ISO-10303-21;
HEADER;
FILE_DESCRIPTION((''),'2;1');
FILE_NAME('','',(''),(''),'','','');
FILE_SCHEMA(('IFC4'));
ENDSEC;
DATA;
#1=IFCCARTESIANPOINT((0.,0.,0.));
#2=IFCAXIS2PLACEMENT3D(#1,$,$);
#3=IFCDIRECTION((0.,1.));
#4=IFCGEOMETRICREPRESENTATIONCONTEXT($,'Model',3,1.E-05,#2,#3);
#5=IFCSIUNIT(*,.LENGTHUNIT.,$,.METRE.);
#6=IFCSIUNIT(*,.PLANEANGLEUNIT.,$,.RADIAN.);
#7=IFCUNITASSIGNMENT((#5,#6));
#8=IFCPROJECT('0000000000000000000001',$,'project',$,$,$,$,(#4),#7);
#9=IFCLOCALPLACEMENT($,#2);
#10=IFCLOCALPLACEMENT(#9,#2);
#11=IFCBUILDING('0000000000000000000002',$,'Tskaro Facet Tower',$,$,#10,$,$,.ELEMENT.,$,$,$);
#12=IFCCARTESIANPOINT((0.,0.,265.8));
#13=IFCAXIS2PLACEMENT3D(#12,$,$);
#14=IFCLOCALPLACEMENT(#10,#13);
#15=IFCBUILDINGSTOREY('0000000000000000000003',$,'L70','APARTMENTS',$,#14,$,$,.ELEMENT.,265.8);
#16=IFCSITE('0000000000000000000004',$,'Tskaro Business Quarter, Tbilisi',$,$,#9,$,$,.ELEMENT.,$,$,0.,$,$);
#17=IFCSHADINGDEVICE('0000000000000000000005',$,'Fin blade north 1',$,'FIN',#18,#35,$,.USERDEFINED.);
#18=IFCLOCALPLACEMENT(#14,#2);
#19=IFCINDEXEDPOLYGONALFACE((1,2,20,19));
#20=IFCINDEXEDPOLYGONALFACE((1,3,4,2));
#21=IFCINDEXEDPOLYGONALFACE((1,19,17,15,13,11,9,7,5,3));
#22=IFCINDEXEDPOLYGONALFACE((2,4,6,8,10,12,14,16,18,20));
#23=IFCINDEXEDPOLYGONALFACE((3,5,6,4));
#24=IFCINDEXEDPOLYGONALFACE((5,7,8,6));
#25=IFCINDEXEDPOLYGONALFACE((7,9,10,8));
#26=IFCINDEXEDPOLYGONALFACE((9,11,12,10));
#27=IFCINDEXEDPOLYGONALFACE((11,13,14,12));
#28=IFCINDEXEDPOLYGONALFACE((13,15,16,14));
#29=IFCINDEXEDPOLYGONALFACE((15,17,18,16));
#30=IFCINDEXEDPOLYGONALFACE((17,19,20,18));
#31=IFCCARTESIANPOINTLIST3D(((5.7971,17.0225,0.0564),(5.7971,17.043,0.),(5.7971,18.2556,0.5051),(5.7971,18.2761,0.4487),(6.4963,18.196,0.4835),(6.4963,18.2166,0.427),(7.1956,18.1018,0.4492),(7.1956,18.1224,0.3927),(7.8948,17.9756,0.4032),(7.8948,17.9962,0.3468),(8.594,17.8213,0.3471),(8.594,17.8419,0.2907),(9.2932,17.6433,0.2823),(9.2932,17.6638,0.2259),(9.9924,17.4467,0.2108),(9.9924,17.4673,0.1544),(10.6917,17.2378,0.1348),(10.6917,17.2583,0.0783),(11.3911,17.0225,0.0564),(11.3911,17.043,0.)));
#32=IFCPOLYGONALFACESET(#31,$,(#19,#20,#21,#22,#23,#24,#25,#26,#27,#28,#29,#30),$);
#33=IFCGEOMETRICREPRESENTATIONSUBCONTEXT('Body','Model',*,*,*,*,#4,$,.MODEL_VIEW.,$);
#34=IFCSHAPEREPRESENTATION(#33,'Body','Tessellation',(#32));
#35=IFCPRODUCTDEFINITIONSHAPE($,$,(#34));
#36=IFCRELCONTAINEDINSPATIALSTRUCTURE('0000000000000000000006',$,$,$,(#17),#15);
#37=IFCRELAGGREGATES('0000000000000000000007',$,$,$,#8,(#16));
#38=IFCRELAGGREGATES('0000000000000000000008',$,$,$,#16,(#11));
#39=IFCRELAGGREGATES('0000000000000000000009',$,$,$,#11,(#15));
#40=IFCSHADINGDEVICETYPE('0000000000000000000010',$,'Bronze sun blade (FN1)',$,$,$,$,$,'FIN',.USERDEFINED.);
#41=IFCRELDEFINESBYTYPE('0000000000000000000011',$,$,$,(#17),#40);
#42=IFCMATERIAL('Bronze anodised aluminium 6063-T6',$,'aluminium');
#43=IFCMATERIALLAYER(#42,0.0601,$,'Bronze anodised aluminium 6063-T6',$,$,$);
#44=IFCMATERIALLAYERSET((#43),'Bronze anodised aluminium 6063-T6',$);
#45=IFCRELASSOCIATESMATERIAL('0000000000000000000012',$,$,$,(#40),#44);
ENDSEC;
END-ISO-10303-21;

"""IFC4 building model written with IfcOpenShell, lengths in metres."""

from ifc_helpers import new_model, si_unit, direction, frame, origin, place, context, subcontext, project, spatial, polyline, outline, extrude, material, layer, layer_set, type_object, element, save


model = new_model("IFC4")

# Units and contexts
model_context = context("Model", 3, precision=1e-05, world=origin(), true_north=direction((0.0, 1.0)))
body_context = subcontext(model_context, "Body", "Model", "MODEL_VIEW")
ifc_project = project(units=[si_unit("LENGTHUNIT", "METRE"), si_unit("PLANEANGLEUNIT", "RADIAN")], contexts=[model_context])

# Site, building, storey
site_placement = place(None, origin())
site = spatial("IfcSite", under=ifc_project, at=site_placement, Name="Tskaro Business Quarter, Tbilisi", CompositionType="ELEMENT", RefElevation=0.0)
building_placement = place(site_placement, origin())
building = spatial("IfcBuilding", under=site, at=building_placement, Name="Tskaro Facet Tower", CompositionType="ELEMENT")
storey_placement = place(building_placement, frame((0.0, 0.0, 265.8)))
storey = spatial("IfcBuildingStorey", under=building, at=storey_placement, Name="L70", Description="APARTMENTS", CompositionType="ELEMENT", Elevation=265.8)

# Shared definitions
ifc_material_1 = material(Name="Bronze anodised aluminium 6063-T6", Category="aluminium")

# Shading device
ifc_layer_1 = layer(ifc_material_1, 0.0601, Name="Bronze anodised aluminium 6063-T6")
ifc_layer_set_1 = layer_set([ifc_layer_1], Name="Bronze anodised aluminium 6063-T6")
shading_device_type = type_object("IfcShadingDeviceType", Name="Bronze sun blade (FN1)", ElementType="FIN", PredefinedType="USERDEFINED", material=ifc_layer_set_1)
shading_device_1_placement = place(storey_placement, frame((11.3911, 17.0225, 0.0564), z_axis=(0.000001, -0.341953, 0.939717), x_axis=(-1.0, 0.0, 0.000001)))
element("IfcShadingDevice", 1, at=shading_device_1_placement, inside=storey, type_object=shading_device_type, Name="Fin blade north 1", ObjectType="FIN", PredefinedType="USERDEFINED", context=body_context, shape_type="SweptSolid", body=[
    extrude(outline(polyline([(0.0, 0.0), (5.594, 0.0), (5.594, -1.3123), (4.8948, -1.2489), (4.1956, -1.1486), (3.4963, -1.0143), (2.7971, -0.8501), (2.0979, -0.6606), (1.3987, -0.4515), (0.6995, -0.2291), (0.0, 0.0)])), origin(), (0.0, 0.0, -1.0), 0.0601),
])

save(model, "model.ifc")
